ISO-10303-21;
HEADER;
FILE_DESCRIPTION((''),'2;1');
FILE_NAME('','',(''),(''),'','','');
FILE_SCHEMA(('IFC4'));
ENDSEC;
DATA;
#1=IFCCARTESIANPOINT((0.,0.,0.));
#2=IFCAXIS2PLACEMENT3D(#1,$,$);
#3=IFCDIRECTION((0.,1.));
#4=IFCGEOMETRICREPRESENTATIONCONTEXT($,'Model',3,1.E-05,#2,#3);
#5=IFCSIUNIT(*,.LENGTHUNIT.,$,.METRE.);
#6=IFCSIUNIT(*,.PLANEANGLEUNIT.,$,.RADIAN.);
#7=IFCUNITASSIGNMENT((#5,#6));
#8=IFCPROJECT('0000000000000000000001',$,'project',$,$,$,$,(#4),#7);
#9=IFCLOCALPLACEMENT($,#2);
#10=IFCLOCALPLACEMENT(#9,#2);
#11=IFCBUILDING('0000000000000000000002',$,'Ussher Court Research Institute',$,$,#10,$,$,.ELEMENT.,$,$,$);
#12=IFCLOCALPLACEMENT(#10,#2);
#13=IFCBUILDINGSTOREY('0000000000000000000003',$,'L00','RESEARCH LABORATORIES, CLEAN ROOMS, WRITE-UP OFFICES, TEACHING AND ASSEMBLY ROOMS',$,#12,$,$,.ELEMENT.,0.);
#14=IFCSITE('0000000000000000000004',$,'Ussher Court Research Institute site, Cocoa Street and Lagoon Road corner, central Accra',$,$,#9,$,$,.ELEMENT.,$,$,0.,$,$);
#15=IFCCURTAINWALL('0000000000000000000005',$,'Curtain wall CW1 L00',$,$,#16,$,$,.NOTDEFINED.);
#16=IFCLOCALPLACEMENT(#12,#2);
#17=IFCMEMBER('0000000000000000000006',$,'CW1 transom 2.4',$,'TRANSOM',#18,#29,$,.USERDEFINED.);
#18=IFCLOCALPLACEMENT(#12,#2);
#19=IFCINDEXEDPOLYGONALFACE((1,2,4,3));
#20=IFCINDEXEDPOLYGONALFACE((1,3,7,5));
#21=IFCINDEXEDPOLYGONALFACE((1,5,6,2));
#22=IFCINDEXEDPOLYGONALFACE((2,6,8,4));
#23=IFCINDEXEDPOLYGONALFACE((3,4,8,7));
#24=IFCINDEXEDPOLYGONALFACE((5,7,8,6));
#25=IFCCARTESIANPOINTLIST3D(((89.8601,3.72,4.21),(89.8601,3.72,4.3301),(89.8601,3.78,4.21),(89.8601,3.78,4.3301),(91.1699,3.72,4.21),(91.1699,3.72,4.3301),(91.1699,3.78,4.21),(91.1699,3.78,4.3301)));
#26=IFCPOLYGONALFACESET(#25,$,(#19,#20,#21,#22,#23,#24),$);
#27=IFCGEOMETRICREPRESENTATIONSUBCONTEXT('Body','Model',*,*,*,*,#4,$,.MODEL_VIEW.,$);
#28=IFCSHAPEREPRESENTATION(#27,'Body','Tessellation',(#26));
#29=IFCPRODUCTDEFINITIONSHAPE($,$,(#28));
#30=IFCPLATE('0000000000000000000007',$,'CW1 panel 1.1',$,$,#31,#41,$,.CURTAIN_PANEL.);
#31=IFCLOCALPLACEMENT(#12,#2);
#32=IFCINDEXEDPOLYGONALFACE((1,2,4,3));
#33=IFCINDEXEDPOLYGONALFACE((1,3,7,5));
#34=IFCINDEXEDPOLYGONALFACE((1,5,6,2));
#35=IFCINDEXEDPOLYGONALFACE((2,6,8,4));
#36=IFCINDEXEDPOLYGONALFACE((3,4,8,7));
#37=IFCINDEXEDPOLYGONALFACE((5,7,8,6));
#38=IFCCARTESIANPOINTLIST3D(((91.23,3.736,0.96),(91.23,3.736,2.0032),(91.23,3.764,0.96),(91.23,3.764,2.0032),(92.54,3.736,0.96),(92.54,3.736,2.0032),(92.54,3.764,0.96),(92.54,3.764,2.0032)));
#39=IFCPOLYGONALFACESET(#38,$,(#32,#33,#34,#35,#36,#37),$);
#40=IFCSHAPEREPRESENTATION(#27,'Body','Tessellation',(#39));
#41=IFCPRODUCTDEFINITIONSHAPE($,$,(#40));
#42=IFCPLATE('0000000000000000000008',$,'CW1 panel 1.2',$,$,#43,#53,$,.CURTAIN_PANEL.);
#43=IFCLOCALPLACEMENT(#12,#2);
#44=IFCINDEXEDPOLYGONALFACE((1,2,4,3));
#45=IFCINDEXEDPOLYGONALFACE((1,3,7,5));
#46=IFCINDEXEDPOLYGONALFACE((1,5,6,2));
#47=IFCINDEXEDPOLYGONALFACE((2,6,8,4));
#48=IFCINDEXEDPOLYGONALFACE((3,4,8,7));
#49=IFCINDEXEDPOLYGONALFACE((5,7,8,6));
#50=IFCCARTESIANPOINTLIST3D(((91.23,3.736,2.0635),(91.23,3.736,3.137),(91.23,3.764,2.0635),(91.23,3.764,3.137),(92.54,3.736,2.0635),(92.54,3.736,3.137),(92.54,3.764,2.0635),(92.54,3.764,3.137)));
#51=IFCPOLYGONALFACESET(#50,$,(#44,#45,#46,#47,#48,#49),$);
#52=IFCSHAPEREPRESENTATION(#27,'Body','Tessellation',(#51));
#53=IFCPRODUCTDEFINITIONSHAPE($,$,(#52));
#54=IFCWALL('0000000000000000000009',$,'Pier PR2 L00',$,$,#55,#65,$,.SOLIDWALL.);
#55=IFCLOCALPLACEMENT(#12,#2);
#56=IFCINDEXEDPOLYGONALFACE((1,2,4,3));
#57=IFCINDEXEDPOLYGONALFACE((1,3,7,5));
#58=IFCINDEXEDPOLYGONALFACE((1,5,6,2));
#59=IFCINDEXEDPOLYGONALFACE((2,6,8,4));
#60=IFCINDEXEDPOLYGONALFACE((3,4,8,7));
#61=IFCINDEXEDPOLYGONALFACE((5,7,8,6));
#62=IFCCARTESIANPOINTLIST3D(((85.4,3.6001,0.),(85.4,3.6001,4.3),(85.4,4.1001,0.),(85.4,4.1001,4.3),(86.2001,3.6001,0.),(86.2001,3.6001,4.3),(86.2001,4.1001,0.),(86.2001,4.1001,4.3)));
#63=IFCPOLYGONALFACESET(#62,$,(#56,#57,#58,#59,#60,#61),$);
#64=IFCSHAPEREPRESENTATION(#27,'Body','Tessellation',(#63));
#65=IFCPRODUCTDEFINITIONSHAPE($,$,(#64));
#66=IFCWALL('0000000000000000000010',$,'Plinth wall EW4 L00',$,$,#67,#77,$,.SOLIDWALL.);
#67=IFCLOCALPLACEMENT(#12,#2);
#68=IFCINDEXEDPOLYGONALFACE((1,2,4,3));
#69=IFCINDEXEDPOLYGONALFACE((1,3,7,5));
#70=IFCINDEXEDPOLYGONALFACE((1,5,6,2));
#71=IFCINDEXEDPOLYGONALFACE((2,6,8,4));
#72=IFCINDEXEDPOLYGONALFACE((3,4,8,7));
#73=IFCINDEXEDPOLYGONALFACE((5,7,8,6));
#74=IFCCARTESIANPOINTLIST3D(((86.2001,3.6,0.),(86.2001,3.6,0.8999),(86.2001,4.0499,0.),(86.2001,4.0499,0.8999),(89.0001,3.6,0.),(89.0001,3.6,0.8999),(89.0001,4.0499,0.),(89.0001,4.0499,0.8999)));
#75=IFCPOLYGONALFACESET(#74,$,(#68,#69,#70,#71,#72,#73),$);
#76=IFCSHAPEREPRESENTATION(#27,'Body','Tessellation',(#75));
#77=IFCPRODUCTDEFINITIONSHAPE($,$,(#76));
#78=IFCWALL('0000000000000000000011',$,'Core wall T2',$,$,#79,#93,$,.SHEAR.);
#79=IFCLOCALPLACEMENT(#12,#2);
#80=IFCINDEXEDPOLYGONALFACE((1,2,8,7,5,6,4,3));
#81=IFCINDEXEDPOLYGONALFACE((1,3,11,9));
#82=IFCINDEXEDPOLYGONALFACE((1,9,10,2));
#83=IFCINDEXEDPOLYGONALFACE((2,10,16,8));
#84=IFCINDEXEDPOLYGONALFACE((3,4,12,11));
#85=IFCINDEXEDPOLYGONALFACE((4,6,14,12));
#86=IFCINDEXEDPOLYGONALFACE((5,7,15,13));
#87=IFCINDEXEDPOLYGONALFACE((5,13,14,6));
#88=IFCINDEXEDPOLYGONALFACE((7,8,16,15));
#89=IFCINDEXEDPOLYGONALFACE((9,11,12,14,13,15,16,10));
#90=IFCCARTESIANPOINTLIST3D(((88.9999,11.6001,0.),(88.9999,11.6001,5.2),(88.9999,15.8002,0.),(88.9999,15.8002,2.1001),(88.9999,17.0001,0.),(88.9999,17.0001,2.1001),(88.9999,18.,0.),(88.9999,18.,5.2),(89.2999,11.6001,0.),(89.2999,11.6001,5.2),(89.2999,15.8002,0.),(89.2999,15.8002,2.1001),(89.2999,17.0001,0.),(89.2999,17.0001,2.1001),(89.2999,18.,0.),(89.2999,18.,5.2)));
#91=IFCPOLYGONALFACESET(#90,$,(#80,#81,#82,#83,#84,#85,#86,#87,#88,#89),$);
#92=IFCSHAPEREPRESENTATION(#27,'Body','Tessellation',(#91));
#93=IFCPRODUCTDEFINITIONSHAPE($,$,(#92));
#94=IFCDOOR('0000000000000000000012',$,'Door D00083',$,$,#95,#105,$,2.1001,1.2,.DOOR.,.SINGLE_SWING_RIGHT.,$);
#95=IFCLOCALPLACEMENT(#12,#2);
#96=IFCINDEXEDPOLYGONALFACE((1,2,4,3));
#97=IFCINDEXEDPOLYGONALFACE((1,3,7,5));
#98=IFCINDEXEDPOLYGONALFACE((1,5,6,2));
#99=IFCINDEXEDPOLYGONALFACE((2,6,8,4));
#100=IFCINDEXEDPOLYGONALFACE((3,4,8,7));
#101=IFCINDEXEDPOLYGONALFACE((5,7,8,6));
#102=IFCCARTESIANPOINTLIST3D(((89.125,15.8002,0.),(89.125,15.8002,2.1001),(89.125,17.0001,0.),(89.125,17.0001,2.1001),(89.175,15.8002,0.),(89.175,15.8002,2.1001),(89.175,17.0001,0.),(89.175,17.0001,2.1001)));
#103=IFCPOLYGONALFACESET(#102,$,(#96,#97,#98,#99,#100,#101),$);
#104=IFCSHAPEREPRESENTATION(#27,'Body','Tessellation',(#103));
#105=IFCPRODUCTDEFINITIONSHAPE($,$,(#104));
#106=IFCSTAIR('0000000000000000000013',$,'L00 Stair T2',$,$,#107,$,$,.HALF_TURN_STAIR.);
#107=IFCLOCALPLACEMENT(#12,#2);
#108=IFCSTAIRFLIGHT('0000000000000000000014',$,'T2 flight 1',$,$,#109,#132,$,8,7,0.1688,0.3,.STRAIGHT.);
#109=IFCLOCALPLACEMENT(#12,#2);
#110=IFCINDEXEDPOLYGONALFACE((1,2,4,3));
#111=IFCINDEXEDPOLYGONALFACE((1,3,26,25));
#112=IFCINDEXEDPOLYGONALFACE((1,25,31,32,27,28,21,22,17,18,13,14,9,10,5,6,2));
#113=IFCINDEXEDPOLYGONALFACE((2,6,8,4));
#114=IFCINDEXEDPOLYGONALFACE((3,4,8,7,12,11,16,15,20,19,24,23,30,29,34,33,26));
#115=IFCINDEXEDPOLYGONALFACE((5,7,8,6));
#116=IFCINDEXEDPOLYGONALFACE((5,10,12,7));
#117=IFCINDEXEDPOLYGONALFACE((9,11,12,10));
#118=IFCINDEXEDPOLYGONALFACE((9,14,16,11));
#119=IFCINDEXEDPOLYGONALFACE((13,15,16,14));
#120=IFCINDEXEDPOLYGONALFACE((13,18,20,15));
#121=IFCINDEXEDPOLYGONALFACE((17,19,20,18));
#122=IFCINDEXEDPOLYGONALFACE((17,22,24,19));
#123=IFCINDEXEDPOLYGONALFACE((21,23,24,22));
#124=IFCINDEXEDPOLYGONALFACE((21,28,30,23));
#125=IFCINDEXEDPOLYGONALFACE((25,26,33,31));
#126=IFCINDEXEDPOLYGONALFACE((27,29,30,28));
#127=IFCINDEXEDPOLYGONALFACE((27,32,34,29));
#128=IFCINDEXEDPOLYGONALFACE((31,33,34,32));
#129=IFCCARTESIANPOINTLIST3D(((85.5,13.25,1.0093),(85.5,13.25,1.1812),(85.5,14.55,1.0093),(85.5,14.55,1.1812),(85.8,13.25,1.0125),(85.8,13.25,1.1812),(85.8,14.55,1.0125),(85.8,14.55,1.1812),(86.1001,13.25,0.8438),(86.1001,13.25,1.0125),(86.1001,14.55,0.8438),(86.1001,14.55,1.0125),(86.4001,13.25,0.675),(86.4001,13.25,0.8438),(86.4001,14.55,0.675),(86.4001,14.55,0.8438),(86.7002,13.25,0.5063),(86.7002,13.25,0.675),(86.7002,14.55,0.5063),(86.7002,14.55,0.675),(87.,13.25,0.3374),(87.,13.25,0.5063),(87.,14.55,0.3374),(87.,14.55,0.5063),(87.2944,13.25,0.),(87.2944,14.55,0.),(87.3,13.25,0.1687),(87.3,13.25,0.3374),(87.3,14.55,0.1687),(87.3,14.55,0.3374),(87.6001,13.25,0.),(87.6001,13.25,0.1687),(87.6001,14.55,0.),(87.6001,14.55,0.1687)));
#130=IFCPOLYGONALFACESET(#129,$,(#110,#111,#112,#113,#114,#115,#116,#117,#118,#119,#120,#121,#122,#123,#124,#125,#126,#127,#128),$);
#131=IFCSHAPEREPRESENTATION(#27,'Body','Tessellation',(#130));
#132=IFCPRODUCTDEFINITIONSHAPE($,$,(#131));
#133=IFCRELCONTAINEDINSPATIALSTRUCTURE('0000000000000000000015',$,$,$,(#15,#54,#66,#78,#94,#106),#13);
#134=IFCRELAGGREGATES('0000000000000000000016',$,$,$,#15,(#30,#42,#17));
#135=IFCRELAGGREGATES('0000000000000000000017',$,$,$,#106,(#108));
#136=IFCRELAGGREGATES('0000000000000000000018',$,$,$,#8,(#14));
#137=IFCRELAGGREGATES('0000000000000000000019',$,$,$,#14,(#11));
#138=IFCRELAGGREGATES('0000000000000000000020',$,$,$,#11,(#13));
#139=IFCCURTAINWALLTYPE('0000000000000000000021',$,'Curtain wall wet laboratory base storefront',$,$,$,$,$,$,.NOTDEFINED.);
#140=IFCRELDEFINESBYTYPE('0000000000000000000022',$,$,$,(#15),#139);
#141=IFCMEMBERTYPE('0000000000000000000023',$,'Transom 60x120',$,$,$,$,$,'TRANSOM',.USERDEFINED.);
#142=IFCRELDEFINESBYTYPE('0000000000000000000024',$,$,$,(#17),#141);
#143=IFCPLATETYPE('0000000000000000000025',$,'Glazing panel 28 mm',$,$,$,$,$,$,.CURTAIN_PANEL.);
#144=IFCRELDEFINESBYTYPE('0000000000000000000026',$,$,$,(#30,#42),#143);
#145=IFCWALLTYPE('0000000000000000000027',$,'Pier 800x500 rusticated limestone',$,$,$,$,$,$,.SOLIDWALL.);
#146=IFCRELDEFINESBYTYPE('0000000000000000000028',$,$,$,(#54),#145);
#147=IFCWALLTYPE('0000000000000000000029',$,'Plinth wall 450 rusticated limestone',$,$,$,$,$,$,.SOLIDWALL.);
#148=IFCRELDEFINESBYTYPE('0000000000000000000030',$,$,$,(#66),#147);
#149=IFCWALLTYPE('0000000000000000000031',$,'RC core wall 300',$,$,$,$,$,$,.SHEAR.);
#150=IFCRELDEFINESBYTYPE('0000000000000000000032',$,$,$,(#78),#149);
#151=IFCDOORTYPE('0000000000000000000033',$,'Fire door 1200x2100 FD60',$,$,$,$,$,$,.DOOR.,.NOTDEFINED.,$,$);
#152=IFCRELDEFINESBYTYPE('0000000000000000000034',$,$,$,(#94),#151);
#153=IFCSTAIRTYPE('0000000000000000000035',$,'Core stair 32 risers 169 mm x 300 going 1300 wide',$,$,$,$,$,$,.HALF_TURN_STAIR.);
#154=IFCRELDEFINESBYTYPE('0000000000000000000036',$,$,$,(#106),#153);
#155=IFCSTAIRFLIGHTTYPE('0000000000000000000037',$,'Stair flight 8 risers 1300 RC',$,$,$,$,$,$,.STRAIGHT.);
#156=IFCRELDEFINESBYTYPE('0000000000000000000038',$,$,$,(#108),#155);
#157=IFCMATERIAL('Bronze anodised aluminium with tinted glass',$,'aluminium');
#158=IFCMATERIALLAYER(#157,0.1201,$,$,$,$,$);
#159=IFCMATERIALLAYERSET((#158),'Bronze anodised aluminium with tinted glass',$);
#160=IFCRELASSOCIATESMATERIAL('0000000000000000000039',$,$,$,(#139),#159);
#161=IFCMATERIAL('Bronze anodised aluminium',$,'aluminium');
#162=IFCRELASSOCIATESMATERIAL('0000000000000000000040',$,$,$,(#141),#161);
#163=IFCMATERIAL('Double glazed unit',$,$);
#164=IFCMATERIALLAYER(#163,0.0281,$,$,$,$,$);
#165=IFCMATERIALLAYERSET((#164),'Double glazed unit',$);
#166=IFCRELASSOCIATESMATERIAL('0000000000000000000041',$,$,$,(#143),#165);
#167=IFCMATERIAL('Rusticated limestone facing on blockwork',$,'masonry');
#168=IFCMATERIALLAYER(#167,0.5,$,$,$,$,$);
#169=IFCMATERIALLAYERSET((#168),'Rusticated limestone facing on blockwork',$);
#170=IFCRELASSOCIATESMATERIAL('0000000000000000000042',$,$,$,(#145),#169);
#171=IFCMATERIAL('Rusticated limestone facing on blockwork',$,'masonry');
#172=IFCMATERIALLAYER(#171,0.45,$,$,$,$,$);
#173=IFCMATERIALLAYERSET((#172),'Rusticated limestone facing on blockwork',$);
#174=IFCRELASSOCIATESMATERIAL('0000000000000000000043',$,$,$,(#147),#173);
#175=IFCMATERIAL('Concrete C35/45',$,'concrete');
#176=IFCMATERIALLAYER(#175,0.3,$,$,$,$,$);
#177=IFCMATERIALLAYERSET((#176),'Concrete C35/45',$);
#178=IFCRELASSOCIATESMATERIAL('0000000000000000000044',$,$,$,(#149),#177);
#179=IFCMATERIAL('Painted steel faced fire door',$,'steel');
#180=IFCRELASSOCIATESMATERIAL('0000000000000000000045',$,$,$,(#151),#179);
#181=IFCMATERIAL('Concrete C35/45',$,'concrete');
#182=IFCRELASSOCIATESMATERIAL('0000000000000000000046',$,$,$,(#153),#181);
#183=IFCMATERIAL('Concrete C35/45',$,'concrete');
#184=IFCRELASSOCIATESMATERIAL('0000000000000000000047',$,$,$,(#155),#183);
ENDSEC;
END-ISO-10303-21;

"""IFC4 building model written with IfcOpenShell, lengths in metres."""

from ifc_helpers import new_model, si_unit, direction, frame, frame_2d, origin, origin_2d, place, context, subcontext, project, spatial, polyline, rectangle, outline, extrude, material, layer, layer_set, material_profile, profile_set, type_object, element, fill, aggregate, save


model = new_model("IFC4")

# Units and contexts
model_context = context("Model", 3, precision=1e-05, world=origin(), true_north=direction((0.0, 1.0)))
body_context = subcontext(model_context, "Body", "Model", "MODEL_VIEW")
ifc_project = project(units=[si_unit("LENGTHUNIT", "METRE"), si_unit("PLANEANGLEUNIT", "RADIAN")], contexts=[model_context])

# Site, building, storey
site_placement = place(None, origin())
site = spatial("IfcSite", under=ifc_project, at=site_placement, Name="Ussher Court Research Institute site, Cocoa Street and Lagoon Road corner, central Accra", CompositionType="ELEMENT", RefElevation=0.0)
building_placement = place(site_placement, origin())
building = spatial("IfcBuilding", under=site, at=building_placement, Name="Ussher Court Research Institute", CompositionType="ELEMENT")
storey_placement = place(building_placement, origin())
storey = spatial("IfcBuildingStorey", under=building, at=storey_placement, Name="L00", Description="RESEARCH LABORATORIES, CLEAN ROOMS, WRITE-UP OFFICES, TEACHING AND ASSEMBLY ROOMS", CompositionType="ELEMENT", Elevation=0.0)

# Curtain wall, member, plates
ifc_material_1 = material(Name="Bronze anodised aluminium with tinted glass", Category="aluminium")
ifc_layer_1 = layer(ifc_material_1, 0.1201)
ifc_layer_set_1 = layer_set([ifc_layer_1], Name="Bronze anodised aluminium with tinted glass")
curtain_wall_type = type_object("IfcCurtainWallType", Name="Curtain wall wet laboratory base storefront", PredefinedType="NOTDEFINED", material=ifc_layer_set_1)
curtain_wall_placement = place(storey_placement, origin())
curtain_wall = element("IfcCurtainWall", 1, at=curtain_wall_placement, inside=storey, type_object=curtain_wall_type, Name="Curtain wall CW1 L00", PredefinedType="NOTDEFINED")
ifc_material_2 = material(Name="Bronze anodised aluminium", Category="aluminium")
ifc_material_profile_1 = material_profile(ifc_material_2, rectangle(XDim=0.0601, YDim=0.1201, at=origin_2d()), Name="Transom 60x120")
ifc_profile_set_1 = profile_set([ifc_material_profile_1], Name="Bronze anodised aluminium")
member_type_1 = type_object("IfcMemberType", Name="Transom 60x120", ElementType="TRANSOM", PredefinedType="USERDEFINED", material=ifc_profile_set_1)
member_1_placement = place(storey_placement, frame((91.1699, 3.75, 4.27), z_axis=(-1.0, 0.0, 0.0), x_axis=(0.0, -1.0, 0.0)))
member_1 = element("IfcMember", 2, at=member_1_placement, type_object=member_type_1, Name="CW1 transom 2.4", ObjectType="TRANSOM", PredefinedType="USERDEFINED", context=body_context, shape_type="SweptSolid", body=[
    extrude(rectangle(XDim=0.0601, YDim=0.1201, at=origin_2d()), origin(), (0.0, 0.0, 1.0), 1.3098),
])
ifc_material_3 = material(Name="Double glazed unit")
ifc_layer_2 = layer(ifc_material_3, 0.0281)
ifc_layer_set_2 = layer_set([ifc_layer_2], Name="Double glazed unit")
plate_type = type_object("IfcPlateType", Name="Glazing panel 28 mm", PredefinedType="CURTAIN_PANEL", material=ifc_layer_set_2)
plate_1_placement = place(storey_placement, frame((91.885, 3.75, 0.96), z_axis=(0.0, 0.0, 1.0), x_axis=(-1.0, 0.0, 0.0)))
plate_1 = element("IfcPlate", 3, at=plate_1_placement, type_object=plate_type, Name="CW1 panel 1.1", PredefinedType="CURTAIN_PANEL", context=body_context, shape_type="SweptSolid", body=[
    extrude(rectangle(XDim=1.3101, YDim=0.0281, at=origin_2d()), origin(), (0.0, 0.0, 1.0), 1.0432),
])
plate_2_placement = place(storey_placement, frame((91.885, 3.75, 2.0635), z_axis=(0.0, 0.0, 1.0), x_axis=(-1.0, 0.0, 0.0)))
plate_2 = element("IfcPlate", 4, at=plate_2_placement, type_object=plate_type, Name="CW1 panel 1.2", PredefinedType="CURTAIN_PANEL", context=body_context, shape_type="SweptSolid", body=[
    extrude(rectangle(XDim=1.3101, YDim=0.0281, at=origin_2d()), origin(), (0.0, 0.0, 1.0), 1.0735),
])
aggregate(curtain_wall, [plate_1, plate_2, member_1])

# Walls
ifc_material_4 = material(Name="Rusticated limestone facing on blockwork", Category="masonry")
ifc_layer_3 = layer(ifc_material_4, 0.5)
ifc_layer_set_3 = layer_set([ifc_layer_3], Name="Rusticated limestone facing on blockwork")
wall_type_1 = type_object("IfcWallType", Name="Pier 800x500 rusticated limestone", PredefinedType="SOLIDWALL", material=ifc_layer_set_3)
wall_1_placement = place(storey_placement, frame((86.2, 3.8501, 0.0), z_axis=(0.0, 0.0, 1.0), x_axis=(-1.0, 0.0, 0.0)))
element("IfcWall", 5, at=wall_1_placement, inside=storey, type_object=wall_type_1, Name="Pier PR2 L00", PredefinedType="SOLIDWALL", context=body_context, shape_type="SweptSolid", body=[
    extrude(rectangle(XDim=0.8, YDim=0.5, at=frame_2d((0.3999, 0.0))), origin(), (0.0, 0.0, 1.0), 4.3),
])
ifc_material_5 = material(Name="Rusticated limestone facing on blockwork", Category="masonry")
ifc_layer_4 = layer(ifc_material_5, 0.45)
ifc_layer_set_4 = layer_set([ifc_layer_4], Name="Rusticated limestone facing on blockwork")
wall_type_2 = type_object("IfcWallType", Name="Plinth wall 450 rusticated limestone", PredefinedType="SOLIDWALL", material=ifc_layer_set_4)
wall_2_placement = place(storey_placement, frame((89.0, 3.825, 0.0), z_axis=(0.0, 0.0, 1.0), x_axis=(-1.0, 0.0, 0.0)))
element("IfcWall", 6, at=wall_2_placement, inside=storey, type_object=wall_type_2, Name="Plinth wall EW4 L00", PredefinedType="SOLIDWALL", context=body_context, shape_type="SweptSolid", body=[
    extrude(rectangle(XDim=2.8, YDim=0.45, at=frame_2d((1.3999, 0.0))), origin(), (0.0, 0.0, 1.0), 0.8999),
])

# Wall, opening, door
ifc_material_6 = material(Name="Concrete C35/45", Category="concrete")
ifc_layer_5 = layer(ifc_material_6, 0.3)
ifc_layer_set_5 = layer_set([ifc_layer_5], Name="Concrete C35/45")
wall_type_3 = type_object("IfcWallType", Name="RC core wall 300", PredefinedType="SHEAR", material=ifc_layer_set_5)
wall_3_placement = place(storey_placement, frame((89.1499, 11.6001, 0.0), z_axis=(0.0, 0.0, 1.0), x_axis=(0.0, 1.0, 0.0)))
wall_3 = element("IfcWall", 7, at=wall_3_placement, inside=storey, type_object=wall_type_3, Name="Core wall T2", PredefinedType="SHEAR", context=body_context, shape_type="SweptSolid", body=[
    extrude(rectangle(XDim=6.3999, YDim=0.3, at=frame_2d((3.2, 0.0))), origin(), (0.0, 0.0, 1.0), 5.2),
])
opening_placement = place(wall_3_placement, frame((4.2, 0.0, 0.0)))
opening = element("IfcOpeningElement", 8, at=opening_placement, cuts=wall_3, PredefinedType="OPENING", context=body_context, shape_type="SweptSolid", body=[
    extrude(rectangle(XDim=1.2, YDim=2.1001, at=frame_2d((0.6001, 1.05))), frame((0.0, 0.1602, 0.0), z_axis=(0.0, -1.0, 0.0), x_axis=(1.0, 0.0, 0.0)), (0.0, 0.0, 1.0), 0.3201),
])
ifc_material_7 = material(Name="Painted steel faced fire door", Category="steel")
door_type = type_object("IfcDoorType", Name="Fire door 1200x2100 FD60", OperationType="NOTDEFINED", PredefinedType="DOOR", material=ifc_material_7)
door_placement = place(opening_placement, origin())
door = element("IfcDoor", 9, at=door_placement, inside=storey, type_object=door_type, Name="Door D00083", OperationType="SINGLE_SWING_RIGHT", OverallHeight=2.1001, OverallWidth=1.2, PredefinedType="DOOR", context=body_context, shape_type="SweptSolid", body=[
    extrude(rectangle(XDim=1.2, YDim=2.1001, at=frame_2d((0.6001, 1.05))), frame((0.0, 0.0249, 0.0), z_axis=(0.0, -1.0, 0.0), x_axis=(1.0, 0.0, 0.0)), (0.0, 0.0, 1.0), 0.05),
])
fill(opening, door)

# Stair, stair flight
ifc_material_8 = material(Name="Concrete C35/45", Category="concrete")
stair_type = type_object("IfcStairType", Name="Core stair 32 risers 169 mm x 300 going 1300 wide", PredefinedType="HALF_TURN_STAIR", material=ifc_material_8)
stair_placement = place(storey_placement, origin())
stair = element("IfcStair", 10, at=stair_placement, inside=storey, type_object=stair_type, Name="L00 Stair T2", PredefinedType="HALF_TURN_STAIR")
ifc_material_9 = material(Name="Concrete C35/45", Category="concrete")
stair_flight_type = type_object("IfcStairFlightType", Name="Stair flight 8 risers 1300 RC", PredefinedType="STRAIGHT", material=ifc_material_9)
stair_flight_placement = place(storey_placement, frame((87.6001, 13.8999, 0.0), z_axis=(0.0, 0.0, 1.0), x_axis=(-1.0, 0.0, 0.0)))
stair_flight = element("IfcStairFlight", 11, at=stair_flight_placement, type_object=stair_flight_type, Name="T2 flight 1", NumberOfRisers=8, NumberOfTreads=7, PredefinedType="STRAIGHT", RiserHeight=0.1688, TreadLength=0.3, context=body_context, shape_type="SweptSolid", body=[
    extrude(outline(polyline([(0.0, 0.0), (0.0, 0.1687), (0.3, 0.1687), (0.3, 0.3374), (0.6001, 0.3374), (0.6001, 0.5063), (0.8999, 0.5063), (0.8999, 0.675), (1.2, 0.675), (1.2, 0.8438), (1.5, 0.8438), (1.5, 1.0125), (1.8, 1.0125), (1.8, 1.1812), (2.1001, 1.1812), (2.1001, 1.3501), (2.1001, 1.0093), (0.3057, 0.0), (0.0, 0.0)])), frame((0.0, 0.6499, 0.0), z_axis=(0.0, -1.0, 0.0), x_axis=(1.0, 0.0, 0.0)), (0.0, 0.0, 1.0), 1.3),
])
aggregate(stair, [stair_flight])

save(model, "model.ifc")
